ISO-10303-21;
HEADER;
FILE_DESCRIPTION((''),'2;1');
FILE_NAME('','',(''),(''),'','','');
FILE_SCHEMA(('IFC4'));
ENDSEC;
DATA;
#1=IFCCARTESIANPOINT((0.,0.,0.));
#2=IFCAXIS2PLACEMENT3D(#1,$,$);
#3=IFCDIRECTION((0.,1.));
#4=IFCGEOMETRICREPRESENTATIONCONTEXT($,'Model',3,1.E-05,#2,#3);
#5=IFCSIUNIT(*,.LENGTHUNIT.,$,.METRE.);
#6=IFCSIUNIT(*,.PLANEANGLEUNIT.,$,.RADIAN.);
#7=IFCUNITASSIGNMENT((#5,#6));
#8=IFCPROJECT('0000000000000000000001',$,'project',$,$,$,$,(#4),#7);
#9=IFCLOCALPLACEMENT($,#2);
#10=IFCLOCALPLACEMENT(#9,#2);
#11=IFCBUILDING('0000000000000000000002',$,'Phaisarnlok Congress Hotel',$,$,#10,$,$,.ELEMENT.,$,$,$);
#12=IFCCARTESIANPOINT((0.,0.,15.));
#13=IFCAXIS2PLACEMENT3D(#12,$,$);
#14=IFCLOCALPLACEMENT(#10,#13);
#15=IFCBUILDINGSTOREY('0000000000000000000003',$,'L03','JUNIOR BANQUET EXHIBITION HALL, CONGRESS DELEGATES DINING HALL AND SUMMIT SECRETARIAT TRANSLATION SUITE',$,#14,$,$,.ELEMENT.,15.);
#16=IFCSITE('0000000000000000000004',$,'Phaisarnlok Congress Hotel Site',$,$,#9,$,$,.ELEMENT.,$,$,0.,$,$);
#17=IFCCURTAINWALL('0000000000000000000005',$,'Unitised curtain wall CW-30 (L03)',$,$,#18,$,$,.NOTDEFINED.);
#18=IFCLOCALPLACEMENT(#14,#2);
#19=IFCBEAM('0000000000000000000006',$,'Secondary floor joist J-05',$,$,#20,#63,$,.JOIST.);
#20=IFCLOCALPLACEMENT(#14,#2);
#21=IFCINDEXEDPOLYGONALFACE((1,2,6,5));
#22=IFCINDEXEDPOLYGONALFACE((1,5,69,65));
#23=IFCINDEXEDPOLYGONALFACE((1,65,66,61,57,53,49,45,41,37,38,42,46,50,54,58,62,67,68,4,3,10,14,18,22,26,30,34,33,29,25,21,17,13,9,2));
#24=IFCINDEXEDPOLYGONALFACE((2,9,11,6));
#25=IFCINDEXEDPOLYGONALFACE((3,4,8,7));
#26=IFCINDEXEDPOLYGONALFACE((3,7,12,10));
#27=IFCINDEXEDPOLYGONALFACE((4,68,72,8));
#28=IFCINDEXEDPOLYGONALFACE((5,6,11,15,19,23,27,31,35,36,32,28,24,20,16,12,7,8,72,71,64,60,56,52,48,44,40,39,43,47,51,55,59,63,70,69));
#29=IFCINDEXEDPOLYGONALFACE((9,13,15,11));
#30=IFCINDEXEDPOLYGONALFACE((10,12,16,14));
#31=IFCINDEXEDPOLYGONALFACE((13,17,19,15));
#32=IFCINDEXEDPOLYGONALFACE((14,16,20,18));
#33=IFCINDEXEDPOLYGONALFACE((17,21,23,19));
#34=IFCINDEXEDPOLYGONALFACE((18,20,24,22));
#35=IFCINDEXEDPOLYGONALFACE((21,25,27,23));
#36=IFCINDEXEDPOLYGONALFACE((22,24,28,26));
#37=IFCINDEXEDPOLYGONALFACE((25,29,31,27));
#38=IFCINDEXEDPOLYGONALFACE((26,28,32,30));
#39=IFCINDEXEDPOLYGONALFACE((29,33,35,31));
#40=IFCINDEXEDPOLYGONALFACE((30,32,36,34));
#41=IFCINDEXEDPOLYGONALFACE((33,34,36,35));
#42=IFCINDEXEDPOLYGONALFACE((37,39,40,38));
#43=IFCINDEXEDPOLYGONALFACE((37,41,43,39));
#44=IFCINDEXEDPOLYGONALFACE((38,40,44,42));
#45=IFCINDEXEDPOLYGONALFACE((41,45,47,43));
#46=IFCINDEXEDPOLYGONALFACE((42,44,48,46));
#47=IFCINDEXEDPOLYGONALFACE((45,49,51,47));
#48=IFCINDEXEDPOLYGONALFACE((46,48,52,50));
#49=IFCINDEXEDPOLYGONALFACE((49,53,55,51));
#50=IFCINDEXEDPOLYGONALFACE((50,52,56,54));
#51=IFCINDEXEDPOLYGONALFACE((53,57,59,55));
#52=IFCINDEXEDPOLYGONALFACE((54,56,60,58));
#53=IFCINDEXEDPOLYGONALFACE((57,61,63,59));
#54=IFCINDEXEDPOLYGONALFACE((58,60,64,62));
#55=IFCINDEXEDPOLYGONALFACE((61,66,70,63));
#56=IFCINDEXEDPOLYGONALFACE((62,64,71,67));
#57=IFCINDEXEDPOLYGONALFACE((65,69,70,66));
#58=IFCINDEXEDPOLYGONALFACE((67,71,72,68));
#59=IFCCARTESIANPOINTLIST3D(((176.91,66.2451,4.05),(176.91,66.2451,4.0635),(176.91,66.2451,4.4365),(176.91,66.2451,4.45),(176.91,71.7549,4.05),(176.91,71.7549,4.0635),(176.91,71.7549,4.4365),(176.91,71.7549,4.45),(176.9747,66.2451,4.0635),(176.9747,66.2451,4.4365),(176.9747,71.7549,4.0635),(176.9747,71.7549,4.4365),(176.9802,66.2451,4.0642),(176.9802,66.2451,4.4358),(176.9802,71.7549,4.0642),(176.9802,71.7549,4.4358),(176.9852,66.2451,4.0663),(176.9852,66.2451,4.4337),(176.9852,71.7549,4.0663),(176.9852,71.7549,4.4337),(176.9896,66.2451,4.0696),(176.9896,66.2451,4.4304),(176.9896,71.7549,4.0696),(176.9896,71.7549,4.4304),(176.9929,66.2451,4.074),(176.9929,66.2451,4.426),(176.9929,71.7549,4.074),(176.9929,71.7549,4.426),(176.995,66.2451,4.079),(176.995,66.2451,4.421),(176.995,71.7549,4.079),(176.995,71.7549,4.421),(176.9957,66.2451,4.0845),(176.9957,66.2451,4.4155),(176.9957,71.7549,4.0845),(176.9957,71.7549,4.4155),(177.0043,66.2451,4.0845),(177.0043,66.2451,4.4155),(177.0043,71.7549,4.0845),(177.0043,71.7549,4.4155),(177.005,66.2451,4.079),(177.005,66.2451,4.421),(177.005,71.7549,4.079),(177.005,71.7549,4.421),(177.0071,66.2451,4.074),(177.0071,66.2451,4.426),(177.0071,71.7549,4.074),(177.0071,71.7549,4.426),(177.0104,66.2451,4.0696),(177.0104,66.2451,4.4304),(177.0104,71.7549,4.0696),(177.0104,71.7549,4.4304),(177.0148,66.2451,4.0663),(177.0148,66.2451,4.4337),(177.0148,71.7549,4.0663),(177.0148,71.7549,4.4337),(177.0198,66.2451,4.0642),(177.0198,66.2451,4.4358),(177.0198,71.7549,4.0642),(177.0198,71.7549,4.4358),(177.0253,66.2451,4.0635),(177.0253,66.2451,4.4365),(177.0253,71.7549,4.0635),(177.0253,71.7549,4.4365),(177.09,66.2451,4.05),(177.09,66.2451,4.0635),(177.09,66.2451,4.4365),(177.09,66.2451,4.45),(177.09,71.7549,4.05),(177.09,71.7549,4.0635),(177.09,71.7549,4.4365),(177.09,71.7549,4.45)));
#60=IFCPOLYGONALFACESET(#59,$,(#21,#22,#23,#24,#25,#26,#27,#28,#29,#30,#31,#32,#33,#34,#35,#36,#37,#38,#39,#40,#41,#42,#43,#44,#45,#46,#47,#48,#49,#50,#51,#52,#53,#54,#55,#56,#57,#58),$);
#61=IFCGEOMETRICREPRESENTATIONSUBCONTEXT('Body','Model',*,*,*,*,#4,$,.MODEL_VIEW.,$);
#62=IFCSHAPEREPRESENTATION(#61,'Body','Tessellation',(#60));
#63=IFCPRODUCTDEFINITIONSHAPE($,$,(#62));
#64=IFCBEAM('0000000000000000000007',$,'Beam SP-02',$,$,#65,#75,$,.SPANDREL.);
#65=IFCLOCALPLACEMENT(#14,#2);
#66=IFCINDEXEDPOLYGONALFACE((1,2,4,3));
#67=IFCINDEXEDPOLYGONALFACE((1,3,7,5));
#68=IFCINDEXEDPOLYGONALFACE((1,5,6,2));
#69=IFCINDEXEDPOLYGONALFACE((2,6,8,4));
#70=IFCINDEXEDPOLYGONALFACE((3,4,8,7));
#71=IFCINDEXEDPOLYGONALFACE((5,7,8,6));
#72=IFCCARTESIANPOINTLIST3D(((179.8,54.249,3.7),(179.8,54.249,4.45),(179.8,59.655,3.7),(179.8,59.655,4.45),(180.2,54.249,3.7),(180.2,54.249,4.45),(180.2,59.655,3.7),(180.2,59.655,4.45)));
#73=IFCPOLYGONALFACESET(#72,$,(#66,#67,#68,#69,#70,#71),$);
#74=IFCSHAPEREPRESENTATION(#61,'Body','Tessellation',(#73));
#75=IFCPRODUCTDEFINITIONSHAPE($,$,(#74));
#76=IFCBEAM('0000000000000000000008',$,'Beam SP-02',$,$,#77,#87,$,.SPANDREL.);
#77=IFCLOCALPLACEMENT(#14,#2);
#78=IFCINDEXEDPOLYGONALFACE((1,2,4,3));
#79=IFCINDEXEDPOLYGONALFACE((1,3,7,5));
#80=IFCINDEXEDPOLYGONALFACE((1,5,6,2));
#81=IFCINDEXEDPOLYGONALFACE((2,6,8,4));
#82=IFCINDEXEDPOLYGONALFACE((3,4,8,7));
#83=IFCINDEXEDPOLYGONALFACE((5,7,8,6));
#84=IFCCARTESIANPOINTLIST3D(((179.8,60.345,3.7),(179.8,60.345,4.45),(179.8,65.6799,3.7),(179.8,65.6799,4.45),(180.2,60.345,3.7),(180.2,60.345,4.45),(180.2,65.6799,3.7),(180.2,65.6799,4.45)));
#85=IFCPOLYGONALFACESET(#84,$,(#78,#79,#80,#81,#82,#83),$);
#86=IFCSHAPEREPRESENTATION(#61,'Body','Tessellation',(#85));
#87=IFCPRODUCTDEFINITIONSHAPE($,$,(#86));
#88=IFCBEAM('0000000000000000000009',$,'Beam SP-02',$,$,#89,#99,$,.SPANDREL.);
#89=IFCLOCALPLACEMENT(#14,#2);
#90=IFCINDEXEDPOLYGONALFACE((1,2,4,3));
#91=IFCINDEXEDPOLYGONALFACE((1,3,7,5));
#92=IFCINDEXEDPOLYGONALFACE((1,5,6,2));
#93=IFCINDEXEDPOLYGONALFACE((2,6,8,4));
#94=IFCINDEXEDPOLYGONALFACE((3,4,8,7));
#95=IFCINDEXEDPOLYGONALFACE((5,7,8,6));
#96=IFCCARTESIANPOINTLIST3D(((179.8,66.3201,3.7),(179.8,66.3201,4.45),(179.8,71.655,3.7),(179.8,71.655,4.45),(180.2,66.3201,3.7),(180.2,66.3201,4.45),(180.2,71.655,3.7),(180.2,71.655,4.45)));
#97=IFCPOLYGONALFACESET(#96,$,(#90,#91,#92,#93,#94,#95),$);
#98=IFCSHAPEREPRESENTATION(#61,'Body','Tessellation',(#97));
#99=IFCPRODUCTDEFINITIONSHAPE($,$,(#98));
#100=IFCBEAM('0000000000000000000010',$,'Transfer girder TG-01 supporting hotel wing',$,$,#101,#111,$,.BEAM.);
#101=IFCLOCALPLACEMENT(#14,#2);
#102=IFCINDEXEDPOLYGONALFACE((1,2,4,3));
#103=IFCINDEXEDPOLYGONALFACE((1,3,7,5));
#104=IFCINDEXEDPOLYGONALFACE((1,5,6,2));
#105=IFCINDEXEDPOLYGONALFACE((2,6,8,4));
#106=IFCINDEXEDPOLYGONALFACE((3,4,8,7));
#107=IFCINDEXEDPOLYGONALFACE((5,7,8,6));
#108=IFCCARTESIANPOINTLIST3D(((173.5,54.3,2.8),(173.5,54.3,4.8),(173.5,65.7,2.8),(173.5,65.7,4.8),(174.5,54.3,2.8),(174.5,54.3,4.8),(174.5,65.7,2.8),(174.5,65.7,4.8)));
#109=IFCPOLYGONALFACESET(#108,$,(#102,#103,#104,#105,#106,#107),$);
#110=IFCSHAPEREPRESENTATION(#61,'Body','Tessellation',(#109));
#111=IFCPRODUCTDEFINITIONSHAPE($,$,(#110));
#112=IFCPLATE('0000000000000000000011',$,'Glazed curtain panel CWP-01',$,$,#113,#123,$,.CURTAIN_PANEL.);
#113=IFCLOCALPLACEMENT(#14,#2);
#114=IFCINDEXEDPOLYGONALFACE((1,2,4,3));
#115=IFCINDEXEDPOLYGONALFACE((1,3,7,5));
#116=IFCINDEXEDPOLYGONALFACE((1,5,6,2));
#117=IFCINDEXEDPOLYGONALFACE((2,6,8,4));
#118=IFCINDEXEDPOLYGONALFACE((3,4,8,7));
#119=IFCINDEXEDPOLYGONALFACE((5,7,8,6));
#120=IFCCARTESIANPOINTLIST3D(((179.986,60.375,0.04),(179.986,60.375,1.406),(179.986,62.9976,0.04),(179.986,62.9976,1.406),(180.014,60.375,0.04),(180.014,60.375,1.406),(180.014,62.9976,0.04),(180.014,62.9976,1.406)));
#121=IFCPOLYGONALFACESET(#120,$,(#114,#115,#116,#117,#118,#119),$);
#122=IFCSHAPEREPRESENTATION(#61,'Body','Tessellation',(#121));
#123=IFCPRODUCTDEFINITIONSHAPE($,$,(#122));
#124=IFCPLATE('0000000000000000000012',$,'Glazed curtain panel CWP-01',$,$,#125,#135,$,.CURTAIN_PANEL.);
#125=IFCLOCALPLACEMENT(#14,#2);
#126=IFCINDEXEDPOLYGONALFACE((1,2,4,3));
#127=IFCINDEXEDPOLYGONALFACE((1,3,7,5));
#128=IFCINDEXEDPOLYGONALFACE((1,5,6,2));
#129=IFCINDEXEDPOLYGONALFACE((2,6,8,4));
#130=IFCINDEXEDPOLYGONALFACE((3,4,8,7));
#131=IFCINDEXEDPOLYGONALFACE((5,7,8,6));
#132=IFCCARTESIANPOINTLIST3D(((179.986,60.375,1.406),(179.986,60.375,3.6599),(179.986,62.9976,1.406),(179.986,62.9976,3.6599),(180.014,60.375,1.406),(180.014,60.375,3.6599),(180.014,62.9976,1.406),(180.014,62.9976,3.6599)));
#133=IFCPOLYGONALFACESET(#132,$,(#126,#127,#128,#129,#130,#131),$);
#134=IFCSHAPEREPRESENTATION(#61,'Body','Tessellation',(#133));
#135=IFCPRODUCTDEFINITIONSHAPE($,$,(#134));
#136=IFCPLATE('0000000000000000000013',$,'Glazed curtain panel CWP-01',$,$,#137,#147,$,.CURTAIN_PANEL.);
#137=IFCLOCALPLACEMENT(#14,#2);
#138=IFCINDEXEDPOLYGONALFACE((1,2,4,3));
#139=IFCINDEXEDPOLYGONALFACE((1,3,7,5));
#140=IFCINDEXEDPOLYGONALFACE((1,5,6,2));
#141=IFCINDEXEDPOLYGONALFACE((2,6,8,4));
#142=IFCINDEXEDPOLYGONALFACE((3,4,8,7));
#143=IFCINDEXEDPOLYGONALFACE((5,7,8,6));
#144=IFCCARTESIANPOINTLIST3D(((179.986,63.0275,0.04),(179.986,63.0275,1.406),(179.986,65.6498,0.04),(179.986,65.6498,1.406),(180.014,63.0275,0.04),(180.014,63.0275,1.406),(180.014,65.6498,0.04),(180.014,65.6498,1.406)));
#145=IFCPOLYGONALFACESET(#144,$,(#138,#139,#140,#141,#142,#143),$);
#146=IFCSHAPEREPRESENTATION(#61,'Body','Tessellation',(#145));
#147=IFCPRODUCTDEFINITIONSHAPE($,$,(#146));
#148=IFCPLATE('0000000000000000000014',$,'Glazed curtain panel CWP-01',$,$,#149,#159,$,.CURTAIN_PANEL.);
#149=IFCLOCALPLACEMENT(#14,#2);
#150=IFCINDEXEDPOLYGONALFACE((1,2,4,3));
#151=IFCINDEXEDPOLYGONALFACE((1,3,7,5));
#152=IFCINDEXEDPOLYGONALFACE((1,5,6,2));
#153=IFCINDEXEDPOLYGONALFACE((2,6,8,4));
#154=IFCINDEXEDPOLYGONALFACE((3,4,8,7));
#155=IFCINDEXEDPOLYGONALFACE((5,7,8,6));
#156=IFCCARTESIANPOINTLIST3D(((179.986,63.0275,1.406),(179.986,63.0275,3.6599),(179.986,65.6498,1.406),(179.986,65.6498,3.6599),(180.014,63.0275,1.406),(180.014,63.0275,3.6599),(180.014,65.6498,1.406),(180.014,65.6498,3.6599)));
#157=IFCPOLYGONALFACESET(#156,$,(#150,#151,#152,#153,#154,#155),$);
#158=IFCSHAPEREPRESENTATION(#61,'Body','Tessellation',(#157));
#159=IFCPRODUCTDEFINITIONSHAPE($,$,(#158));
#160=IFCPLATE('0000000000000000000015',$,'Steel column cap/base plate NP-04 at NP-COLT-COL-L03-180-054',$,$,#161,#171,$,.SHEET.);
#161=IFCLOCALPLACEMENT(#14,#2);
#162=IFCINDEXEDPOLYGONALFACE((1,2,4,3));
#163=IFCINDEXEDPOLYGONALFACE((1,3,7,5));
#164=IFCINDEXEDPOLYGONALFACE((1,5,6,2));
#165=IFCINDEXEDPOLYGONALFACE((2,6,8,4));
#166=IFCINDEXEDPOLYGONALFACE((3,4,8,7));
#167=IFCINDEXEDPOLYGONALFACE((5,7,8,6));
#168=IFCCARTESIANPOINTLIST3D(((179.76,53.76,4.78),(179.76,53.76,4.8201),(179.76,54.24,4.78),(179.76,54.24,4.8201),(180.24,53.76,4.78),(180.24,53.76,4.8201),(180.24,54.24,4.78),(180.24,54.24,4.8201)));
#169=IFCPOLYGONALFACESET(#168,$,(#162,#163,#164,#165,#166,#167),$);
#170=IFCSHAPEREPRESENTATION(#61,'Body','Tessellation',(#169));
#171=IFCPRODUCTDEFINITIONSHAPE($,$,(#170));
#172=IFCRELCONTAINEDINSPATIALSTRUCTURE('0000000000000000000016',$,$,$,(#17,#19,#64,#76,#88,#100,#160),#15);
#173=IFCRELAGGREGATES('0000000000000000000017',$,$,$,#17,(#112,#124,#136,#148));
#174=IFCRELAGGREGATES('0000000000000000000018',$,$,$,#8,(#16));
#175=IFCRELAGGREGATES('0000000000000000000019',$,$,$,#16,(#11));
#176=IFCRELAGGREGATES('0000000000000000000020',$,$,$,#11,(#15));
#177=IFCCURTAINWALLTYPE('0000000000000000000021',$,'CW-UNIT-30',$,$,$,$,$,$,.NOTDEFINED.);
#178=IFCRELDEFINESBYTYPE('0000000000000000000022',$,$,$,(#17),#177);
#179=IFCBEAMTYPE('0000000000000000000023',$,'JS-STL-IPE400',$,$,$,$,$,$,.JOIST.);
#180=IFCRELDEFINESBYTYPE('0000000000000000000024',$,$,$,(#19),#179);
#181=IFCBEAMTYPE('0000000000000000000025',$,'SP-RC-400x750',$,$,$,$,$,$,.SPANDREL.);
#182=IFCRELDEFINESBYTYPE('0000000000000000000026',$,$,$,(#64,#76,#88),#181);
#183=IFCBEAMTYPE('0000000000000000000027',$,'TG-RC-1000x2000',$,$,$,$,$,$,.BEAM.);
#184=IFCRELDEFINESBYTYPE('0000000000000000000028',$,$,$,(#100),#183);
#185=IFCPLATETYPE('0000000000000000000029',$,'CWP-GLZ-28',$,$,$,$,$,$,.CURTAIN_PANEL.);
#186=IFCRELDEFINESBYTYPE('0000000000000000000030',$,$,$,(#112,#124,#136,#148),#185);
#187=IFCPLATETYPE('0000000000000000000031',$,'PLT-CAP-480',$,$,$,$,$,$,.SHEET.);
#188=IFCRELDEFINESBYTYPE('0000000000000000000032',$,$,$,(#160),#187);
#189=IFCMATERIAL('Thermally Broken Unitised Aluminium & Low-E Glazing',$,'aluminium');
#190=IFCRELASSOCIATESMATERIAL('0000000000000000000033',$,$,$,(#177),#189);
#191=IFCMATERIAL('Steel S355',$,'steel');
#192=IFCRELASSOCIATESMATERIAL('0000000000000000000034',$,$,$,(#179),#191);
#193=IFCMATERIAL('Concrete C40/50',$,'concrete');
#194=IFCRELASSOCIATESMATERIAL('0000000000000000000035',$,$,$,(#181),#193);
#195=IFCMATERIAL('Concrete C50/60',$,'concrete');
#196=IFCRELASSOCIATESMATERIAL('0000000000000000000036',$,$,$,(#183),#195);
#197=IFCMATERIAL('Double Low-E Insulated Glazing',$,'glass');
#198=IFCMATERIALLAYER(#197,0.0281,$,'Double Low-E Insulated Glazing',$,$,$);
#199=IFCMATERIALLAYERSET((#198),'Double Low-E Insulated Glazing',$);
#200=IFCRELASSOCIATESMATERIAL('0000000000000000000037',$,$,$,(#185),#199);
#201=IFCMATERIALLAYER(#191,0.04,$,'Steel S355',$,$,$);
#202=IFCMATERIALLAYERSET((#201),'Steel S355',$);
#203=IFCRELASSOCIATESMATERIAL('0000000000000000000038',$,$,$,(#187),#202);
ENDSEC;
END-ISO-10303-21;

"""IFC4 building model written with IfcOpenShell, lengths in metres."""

from ifc_helpers import new_model, si_unit, direction, frame, frame_2d, origin, origin_2d, place, context, subcontext, project, spatial, rectangle, i_section, extrude, material, layer, layer_set, material_profile, profile_set, type_object, element, aggregate, save


model = new_model("IFC4")

# Units and contexts
model_context = context("Model", 3, precision=1e-05, world=origin(), true_north=direction((0.0, 1.0)))
body_context = subcontext(model_context, "Body", "Model", "MODEL_VIEW")
ifc_project = project(units=[si_unit("LENGTHUNIT", "METRE"), si_unit("PLANEANGLEUNIT", "RADIAN")], contexts=[model_context])

# Site, building, storey
site_placement = place(None, origin())
site = spatial("IfcSite", under=ifc_project, at=site_placement, Name="Phaisarnlok Congress Hotel Site", CompositionType="ELEMENT", RefElevation=0.0)
building_placement = place(site_placement, origin())
building = spatial("IfcBuilding", under=site, at=building_placement, Name="Phaisarnlok Congress Hotel", CompositionType="ELEMENT")
storey_placement = place(building_placement, frame((0.0, 0.0, 15.0)))
storey = spatial("IfcBuildingStorey", under=building, at=storey_placement, Name="L03", Description="JUNIOR BANQUET EXHIBITION HALL, CONGRESS DELEGATES DINING HALL AND SUMMIT SECRETARIAT TRANSLATION SUITE", CompositionType="ELEMENT", Elevation=15.0)

# Shared definitions
ifc_material_1 = material(Name="Concrete C50/60", Category="concrete")
ifc_material_2 = material(Name="Steel S355", Category="steel")

# Shared definitions
ifc_material_3 = material(Name="Concrete C40/50", Category="concrete")

# Curtain wall
ifc_material_4 = material(Name="Thermally Broken Unitised Aluminium & Low-E Glazing", Category="aluminium")
curtain_wall_type = type_object("IfcCurtainWallType", Name="CW-UNIT-30", PredefinedType="NOTDEFINED", material=ifc_material_4)
curtain_wall_placement = place(storey_placement, origin())
curtain_wall = element("IfcCurtainWall", 1, at=curtain_wall_placement, inside=storey, type_object=curtain_wall_type, Name="Unitised curtain wall CW-30 (L03)", PredefinedType="NOTDEFINED")

# Beams
ifc_material_profile_1 = material_profile(ifc_material_2, i_section(OverallWidth=0.1799, OverallDepth=0.3999, WebThickness=0.0085, FlangeThickness=0.0134, FilletRadius=0.021, at=origin_2d()), Name="IPE 400")
ifc_profile_set_1 = profile_set([ifc_material_profile_1], Name="Steel S355")
beam_type_1 = type_object("IfcBeamType", Name="JS-STL-IPE400", PredefinedType="JOIST", material=ifc_profile_set_1)
beam_1_placement = place(storey_placement, frame((177.0, 66.2451, 4.25), z_axis=(0.0, 1.0, 0.0), x_axis=(-1.0, 0.0, 0.0)))
element("IfcBeam", 2, at=beam_1_placement, inside=storey, type_object=beam_type_1, Name="Secondary floor joist J-05", PredefinedType="JOIST", context=body_context, shape_type="SweptSolid", body=[
    extrude(i_section(OverallWidth=0.1799, OverallDepth=0.3999, WebThickness=0.0085, FlangeThickness=0.0134, FilletRadius=0.021, at=origin_2d()), origin(), (0.0, 0.0, 1.0), 5.5098),
])
ifc_material_profile_2 = material_profile(ifc_material_3, rectangle(XDim=0.3999, YDim=0.75, at=origin_2d()), Name="RC 400x750")
ifc_profile_set_2 = profile_set([ifc_material_profile_2], Name="Concrete C40/50")
beam_type_2 = type_object("IfcBeamType", Name="SP-RC-400x750", PredefinedType="SPANDREL", material=ifc_profile_set_2)
beam_2_placement = place(storey_placement, frame((180.0, 54.249, 4.075), z_axis=(0.0, 1.0, 0.0), x_axis=(-1.0, 0.0, 0.0)))
element("IfcBeam", 3, at=beam_2_placement, inside=storey, type_object=beam_type_2, Name="Beam SP-02", PredefinedType="SPANDREL", context=body_context, shape_type="SweptSolid", body=[
    extrude(rectangle(XDim=0.3999, YDim=0.75, at=origin_2d()), origin(), (0.0, 0.0, 1.0), 5.406),
])
for number, where, z_axis, x_axis, name in (
    (4, (180.0, 60.345, 4.075), (0.0, 1.0, 0.0), (-1.0, 0.0, 0.0), "Beam SP-02"),
    (5, (180.0, 66.3201, 4.075), (0.0, 1.0, 0.0), (-1.0, 0.0, 0.0), "Beam SP-02"),
):
    element("IfcBeam", number, at=place(storey_placement, frame(where, z_axis=z_axis, x_axis=x_axis)), inside=storey, type_object=beam_type_2, Name=name, PredefinedType="SPANDREL", context=body_context, shape_type="SweptSolid", body=[
        extrude(rectangle(XDim=0.3999, YDim=0.75, at=origin_2d()), origin(), (0.0, 0.0, 1.0), 5.335),
    ])
ifc_material_profile_3 = material_profile(ifc_material_1, rectangle(XDim=1.0, YDim=2.0, at=origin_2d()), Name="RC 1000x2000")
ifc_profile_set_3 = profile_set([ifc_material_profile_3], Name="Concrete C50/60")
beam_type_3 = type_object("IfcBeamType", Name="TG-RC-1000x2000", PredefinedType="BEAM", material=ifc_profile_set_3)
beam_3_placement = place(storey_placement, frame((174.0, 54.3, 3.8), z_axis=(0.0, 1.0, 0.0), x_axis=(-1.0, 0.0, 0.0)))
element("IfcBeam", 6, at=beam_3_placement, inside=storey, type_object=beam_type_3, Name="Transfer girder TG-01 supporting hotel wing", PredefinedType="BEAM", context=body_context, shape_type="SweptSolid", body=[
    extrude(rectangle(XDim=1.0, YDim=2.0, at=origin_2d()), origin(), (0.0, 0.0, 1.0), 11.3999),
])

# Plates
ifc_material_5 = material(Name="Double Low-E Insulated Glazing", Category="glass")
ifc_layer_1 = layer(ifc_material_5, 0.0281, Name="Double Low-E Insulated Glazing")
ifc_layer_set_1 = layer_set([ifc_layer_1], Name="Double Low-E Insulated Glazing")
plate_type_1 = type_object("IfcPlateType", Name="CWP-GLZ-28", PredefinedType="CURTAIN_PANEL", material=ifc_layer_set_1)
plate_1_placement = place(storey_placement, frame((180.0, 60.375, 0.04), z_axis=(0.0, 0.0, 1.0), x_axis=(0.0, 1.0, 0.0)))
plate_1 = element("IfcPlate", 7, at=plate_1_placement, type_object=plate_type_1, Name="Glazed curtain panel CWP-01", PredefinedType="CURTAIN_PANEL", context=body_context, shape_type="SweptSolid", body=[
    extrude(rectangle(XDim=2.6226, YDim=0.0281, at=frame_2d((1.3113, 0.0))), origin(), (0.0, 0.0, 1.0), 1.366),
])
plate_2_placement = place(storey_placement, frame((180.0, 60.375, 1.406), z_axis=(0.0, 0.0, 1.0), x_axis=(0.0, 1.0, 0.0)))
plate_2 = element("IfcPlate", 8, at=plate_2_placement, type_object=plate_type_1, Name="Glazed curtain panel CWP-01", PredefinedType="CURTAIN_PANEL", context=body_context, shape_type="SweptSolid", body=[
    extrude(rectangle(XDim=2.6226, YDim=0.0281, at=frame_2d((1.3113, 0.0))), origin(), (0.0, 0.0, 1.0), 2.2539),
])
plate_3_placement = place(storey_placement, frame((180.0, 63.0276, 0.04), z_axis=(0.0, 0.0, 1.0), x_axis=(0.0, 1.0, 0.0)))
plate_3 = element("IfcPlate", 9, at=plate_3_placement, type_object=plate_type_1, Name="Glazed curtain panel CWP-01", PredefinedType="CURTAIN_PANEL", context=body_context, shape_type="SweptSolid", body=[
    extrude(rectangle(XDim=2.6223, YDim=0.0281, at=frame_2d((1.311, 0.0))), origin(), (0.0, 0.0, 1.0), 1.366),
])
plate_4_placement = place(storey_placement, frame((180.0, 63.0276, 1.406), z_axis=(0.0, 0.0, 1.0), x_axis=(0.0, 1.0, 0.0)))
plate_4 = element("IfcPlate", 10, at=plate_4_placement, type_object=plate_type_1, Name="Glazed curtain panel CWP-01", PredefinedType="CURTAIN_PANEL", context=body_context, shape_type="SweptSolid", body=[
    extrude(rectangle(XDim=2.6223, YDim=0.0281, at=frame_2d((1.311, 0.0))), origin(), (0.0, 0.0, 1.0), 2.2539),
])
aggregate(curtain_wall, [plate_1, plate_2, plate_3, plate_4])
ifc_layer_2 = layer(ifc_material_2, 0.04, Name="Steel S355")
ifc_layer_set_2 = layer_set([ifc_layer_2], Name="Steel S355")
plate_type_2 = type_object("IfcPlateType", Name="PLT-CAP-480", PredefinedType="SHEET", material=ifc_layer_set_2)
plate_5_placement = place(storey_placement, frame((180.0, 54.0, 4.78), z_axis=(0.0, 0.0, 1.0), x_axis=(1.0, 0.0, 0.0)))
element("IfcPlate", 11, at=plate_5_placement, inside=storey, type_object=plate_type_2, Name="Steel column cap/base plate NP-04 at NP-COLT-COL-L03-180-054", PredefinedType="SHEET", context=body_context, shape_type="SweptSolid", body=[
    extrude(rectangle(XDim=0.48, YDim=0.48, at=origin_2d()), origin(), (0.0, 0.0, 1.0), 0.04),
])

save(model, "model.ifc")
